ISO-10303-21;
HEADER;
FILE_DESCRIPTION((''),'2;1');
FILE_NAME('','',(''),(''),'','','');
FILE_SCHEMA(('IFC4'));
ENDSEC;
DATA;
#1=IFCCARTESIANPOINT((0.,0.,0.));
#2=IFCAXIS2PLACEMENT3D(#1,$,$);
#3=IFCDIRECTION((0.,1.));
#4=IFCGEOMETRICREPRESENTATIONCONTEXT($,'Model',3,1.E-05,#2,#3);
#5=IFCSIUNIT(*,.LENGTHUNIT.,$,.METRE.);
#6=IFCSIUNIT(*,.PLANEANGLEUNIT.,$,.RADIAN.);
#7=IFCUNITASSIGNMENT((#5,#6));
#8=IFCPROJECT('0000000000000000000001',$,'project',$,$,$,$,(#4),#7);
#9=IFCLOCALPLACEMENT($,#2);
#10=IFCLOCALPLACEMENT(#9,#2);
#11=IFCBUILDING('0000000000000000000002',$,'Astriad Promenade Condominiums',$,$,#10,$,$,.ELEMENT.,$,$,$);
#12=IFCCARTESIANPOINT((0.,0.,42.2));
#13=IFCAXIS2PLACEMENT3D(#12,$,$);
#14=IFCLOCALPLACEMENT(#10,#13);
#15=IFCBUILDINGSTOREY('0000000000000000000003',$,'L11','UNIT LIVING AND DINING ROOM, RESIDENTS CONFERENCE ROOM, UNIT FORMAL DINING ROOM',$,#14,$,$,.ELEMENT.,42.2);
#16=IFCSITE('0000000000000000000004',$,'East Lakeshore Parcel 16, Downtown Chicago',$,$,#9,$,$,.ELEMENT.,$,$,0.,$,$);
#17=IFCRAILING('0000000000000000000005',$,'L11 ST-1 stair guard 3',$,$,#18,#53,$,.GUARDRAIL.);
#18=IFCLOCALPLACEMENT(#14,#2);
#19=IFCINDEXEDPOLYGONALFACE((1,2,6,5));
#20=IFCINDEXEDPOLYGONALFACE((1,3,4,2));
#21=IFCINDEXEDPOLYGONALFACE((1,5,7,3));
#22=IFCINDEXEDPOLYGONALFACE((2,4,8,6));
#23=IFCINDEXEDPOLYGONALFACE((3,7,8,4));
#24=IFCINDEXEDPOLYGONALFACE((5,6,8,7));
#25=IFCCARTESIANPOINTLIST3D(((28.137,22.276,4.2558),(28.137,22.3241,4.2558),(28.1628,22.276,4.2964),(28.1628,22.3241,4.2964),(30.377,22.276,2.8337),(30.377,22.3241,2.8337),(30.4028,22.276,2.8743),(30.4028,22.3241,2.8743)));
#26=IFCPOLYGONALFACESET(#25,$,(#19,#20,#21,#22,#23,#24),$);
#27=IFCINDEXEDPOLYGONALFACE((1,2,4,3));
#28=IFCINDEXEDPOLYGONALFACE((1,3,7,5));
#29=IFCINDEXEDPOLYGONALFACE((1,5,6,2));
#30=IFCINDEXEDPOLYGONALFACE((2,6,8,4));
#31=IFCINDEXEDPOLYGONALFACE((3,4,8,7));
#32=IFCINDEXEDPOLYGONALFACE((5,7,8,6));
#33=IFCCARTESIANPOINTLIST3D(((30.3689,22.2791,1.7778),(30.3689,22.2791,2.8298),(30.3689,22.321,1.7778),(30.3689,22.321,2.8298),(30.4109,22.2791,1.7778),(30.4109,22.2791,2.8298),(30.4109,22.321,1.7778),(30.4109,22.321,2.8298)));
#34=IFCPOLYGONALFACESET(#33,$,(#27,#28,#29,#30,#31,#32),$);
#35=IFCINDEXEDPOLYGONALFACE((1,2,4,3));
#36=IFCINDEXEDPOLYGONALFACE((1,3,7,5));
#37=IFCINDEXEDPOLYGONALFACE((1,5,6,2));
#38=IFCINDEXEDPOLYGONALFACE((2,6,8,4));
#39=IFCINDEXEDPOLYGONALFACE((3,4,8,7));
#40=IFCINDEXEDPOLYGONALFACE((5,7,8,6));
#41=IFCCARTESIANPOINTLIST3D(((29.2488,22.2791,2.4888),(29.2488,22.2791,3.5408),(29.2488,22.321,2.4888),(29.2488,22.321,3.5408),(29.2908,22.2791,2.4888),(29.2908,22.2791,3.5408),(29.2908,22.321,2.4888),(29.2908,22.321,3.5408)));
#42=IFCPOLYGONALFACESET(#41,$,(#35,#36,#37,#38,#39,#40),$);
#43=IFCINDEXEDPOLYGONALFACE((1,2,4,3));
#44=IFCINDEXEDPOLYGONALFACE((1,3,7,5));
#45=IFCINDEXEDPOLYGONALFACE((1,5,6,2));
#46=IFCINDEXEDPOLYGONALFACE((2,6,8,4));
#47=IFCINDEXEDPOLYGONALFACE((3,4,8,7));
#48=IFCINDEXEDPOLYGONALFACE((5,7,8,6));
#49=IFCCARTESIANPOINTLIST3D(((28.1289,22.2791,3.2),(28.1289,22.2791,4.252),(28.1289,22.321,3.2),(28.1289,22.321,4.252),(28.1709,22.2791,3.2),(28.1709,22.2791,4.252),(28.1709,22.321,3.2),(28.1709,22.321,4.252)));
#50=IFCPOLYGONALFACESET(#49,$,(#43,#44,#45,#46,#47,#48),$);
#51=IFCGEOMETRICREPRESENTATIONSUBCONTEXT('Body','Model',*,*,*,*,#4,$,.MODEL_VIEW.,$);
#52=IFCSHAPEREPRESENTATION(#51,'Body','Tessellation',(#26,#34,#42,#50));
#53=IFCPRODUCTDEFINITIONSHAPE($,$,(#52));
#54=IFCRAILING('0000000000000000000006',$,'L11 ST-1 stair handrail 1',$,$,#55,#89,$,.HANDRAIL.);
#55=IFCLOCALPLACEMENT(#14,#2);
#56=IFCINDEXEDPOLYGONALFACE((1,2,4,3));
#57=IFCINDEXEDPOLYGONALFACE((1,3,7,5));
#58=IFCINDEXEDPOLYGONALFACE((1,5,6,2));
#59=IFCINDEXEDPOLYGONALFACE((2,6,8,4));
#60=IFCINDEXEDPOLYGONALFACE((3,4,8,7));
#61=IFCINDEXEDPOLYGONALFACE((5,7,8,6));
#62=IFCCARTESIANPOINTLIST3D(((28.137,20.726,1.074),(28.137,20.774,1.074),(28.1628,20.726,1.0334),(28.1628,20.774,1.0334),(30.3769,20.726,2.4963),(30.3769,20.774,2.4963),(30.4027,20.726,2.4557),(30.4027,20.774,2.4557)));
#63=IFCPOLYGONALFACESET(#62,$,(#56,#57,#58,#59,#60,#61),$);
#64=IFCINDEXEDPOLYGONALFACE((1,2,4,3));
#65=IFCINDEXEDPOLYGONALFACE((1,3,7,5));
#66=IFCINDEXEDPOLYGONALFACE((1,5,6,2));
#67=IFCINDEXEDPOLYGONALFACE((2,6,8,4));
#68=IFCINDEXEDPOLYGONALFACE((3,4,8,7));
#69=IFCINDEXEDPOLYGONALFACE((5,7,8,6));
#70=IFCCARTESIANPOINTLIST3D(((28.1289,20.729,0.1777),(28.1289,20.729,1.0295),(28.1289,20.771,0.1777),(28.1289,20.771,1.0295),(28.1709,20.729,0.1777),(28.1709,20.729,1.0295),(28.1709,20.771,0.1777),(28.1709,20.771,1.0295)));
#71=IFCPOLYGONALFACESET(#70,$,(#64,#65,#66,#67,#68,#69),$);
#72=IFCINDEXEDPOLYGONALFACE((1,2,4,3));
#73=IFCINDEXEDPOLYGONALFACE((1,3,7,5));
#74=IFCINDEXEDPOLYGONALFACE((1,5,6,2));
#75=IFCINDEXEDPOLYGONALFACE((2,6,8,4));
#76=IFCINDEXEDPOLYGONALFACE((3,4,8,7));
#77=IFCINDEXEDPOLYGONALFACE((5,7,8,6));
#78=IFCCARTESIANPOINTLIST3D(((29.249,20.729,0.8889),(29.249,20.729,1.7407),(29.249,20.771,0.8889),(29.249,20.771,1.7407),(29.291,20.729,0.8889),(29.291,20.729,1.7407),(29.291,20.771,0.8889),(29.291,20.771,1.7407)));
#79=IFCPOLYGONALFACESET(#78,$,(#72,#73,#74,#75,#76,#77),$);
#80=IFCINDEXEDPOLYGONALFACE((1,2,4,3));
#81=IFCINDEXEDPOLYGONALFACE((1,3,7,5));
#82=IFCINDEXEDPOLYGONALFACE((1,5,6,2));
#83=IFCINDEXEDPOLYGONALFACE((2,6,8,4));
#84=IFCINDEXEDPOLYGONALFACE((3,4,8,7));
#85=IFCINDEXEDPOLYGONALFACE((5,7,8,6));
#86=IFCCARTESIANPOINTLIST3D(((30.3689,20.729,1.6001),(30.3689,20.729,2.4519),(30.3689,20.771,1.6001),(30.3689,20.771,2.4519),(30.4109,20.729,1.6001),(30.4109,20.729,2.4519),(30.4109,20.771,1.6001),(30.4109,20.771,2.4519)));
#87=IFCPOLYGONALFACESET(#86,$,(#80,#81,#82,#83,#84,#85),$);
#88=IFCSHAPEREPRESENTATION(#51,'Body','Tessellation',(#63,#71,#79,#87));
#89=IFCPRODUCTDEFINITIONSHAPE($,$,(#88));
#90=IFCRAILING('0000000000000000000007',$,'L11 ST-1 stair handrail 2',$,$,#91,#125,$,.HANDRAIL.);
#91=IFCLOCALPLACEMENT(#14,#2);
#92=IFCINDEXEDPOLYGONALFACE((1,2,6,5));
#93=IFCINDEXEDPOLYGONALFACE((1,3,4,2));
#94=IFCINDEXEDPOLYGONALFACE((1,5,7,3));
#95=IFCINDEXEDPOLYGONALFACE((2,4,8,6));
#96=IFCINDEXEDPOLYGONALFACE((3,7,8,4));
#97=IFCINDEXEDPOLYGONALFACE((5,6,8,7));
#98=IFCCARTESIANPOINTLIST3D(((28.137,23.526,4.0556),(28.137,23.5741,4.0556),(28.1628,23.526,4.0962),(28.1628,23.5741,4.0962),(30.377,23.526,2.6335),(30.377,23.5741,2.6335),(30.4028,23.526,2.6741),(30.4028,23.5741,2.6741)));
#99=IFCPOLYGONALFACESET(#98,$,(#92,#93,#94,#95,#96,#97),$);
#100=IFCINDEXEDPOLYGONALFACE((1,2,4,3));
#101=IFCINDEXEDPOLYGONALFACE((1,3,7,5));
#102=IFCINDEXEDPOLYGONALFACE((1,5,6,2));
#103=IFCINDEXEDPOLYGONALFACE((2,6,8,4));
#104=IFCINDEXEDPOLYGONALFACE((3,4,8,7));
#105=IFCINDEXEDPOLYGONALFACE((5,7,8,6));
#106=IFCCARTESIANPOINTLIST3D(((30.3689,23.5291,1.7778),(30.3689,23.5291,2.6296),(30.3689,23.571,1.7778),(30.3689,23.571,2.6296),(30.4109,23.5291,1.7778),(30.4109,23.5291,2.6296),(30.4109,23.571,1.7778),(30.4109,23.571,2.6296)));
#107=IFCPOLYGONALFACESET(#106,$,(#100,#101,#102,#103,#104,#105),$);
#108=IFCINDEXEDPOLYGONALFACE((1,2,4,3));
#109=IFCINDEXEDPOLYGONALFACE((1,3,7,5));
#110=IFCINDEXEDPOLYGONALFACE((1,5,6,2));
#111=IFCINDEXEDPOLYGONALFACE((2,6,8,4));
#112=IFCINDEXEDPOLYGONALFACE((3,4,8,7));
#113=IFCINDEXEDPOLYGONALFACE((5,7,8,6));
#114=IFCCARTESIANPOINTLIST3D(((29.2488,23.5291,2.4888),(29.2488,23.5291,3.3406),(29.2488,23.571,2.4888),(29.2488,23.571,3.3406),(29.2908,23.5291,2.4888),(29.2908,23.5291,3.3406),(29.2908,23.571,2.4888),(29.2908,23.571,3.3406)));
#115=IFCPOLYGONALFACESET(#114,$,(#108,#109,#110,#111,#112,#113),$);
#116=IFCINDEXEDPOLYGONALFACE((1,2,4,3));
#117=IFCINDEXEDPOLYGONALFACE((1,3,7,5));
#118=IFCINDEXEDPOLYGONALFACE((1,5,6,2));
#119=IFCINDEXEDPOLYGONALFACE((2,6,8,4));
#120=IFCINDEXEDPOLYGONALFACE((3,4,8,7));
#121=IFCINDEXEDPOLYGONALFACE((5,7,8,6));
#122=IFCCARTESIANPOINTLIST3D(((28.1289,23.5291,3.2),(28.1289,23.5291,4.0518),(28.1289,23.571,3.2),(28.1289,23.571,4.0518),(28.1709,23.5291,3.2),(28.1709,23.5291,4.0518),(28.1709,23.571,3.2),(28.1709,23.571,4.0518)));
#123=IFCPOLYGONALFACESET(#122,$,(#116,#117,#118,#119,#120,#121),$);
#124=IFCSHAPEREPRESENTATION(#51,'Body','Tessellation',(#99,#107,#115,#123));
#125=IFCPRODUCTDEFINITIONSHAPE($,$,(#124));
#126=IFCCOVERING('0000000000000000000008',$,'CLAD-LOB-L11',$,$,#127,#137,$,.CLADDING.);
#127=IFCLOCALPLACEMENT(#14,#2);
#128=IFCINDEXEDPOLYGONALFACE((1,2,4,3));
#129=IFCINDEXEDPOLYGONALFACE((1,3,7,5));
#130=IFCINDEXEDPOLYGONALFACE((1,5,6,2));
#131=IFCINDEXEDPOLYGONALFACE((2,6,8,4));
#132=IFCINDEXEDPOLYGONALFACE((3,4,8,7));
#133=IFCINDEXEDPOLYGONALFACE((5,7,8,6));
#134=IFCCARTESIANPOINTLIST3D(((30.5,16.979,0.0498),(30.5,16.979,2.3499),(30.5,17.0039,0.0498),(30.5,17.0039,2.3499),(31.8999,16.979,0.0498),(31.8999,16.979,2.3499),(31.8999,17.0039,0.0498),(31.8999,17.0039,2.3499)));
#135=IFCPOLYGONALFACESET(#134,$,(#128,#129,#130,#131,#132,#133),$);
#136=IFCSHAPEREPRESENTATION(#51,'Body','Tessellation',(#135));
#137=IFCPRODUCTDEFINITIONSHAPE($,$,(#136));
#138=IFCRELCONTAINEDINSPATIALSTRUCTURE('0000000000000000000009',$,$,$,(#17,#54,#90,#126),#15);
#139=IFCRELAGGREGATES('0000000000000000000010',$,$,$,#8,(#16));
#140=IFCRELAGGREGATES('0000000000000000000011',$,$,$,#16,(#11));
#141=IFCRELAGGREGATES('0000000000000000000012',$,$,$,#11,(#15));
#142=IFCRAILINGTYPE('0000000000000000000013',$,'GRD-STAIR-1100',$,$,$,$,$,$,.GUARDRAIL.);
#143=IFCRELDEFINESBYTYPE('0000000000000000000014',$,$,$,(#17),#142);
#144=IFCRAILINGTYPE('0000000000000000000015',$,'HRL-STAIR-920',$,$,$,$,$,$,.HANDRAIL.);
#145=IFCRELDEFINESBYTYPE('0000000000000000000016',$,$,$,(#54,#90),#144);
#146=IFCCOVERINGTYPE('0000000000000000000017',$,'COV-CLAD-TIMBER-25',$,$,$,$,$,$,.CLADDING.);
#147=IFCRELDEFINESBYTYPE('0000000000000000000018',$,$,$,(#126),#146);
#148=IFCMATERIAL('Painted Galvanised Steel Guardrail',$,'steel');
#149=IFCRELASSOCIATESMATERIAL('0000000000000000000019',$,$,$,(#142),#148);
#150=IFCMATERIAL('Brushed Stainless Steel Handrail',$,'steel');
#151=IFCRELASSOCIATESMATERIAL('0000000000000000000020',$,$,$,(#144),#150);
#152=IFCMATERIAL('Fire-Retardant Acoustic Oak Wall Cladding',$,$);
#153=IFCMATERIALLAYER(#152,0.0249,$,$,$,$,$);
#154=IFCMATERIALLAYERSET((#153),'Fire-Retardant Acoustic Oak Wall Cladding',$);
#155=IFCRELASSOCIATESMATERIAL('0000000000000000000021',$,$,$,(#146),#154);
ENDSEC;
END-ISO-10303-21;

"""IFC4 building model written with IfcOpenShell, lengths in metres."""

from ifc_helpers import new_model, si_unit, direction, frame, origin, origin_2d, place, context, subcontext, project, spatial, rectangle, extrude, source, transform, mapped, material, layer, layer_set, type_object, type_shapes, element, save


model = new_model("IFC4")

# Units and contexts
model_context = context("Model", 3, precision=1e-05, world=origin(), true_north=direction((0.0, 1.0)))
body_context = subcontext(model_context, "Body", "Model", "MODEL_VIEW")
ifc_project = project(units=[si_unit("LENGTHUNIT", "METRE"), si_unit("PLANEANGLEUNIT", "RADIAN")], contexts=[model_context])

# Site, building, storey
site_placement = place(None, origin())
site = spatial("IfcSite", under=ifc_project, at=site_placement, Name="East Lakeshore Parcel 16, Downtown Chicago", CompositionType="ELEMENT", RefElevation=0.0)
building_placement = place(site_placement, origin())
building = spatial("IfcBuilding", under=site, at=building_placement, Name="Astriad Promenade Condominiums", CompositionType="ELEMENT")
storey_placement = place(building_placement, frame((0.0, 0.0, 42.2)))
storey = spatial("IfcBuildingStorey", under=building, at=storey_placement, Name="L11", Description="UNIT LIVING AND DINING ROOM, RESIDENTS CONFERENCE ROOM, UNIT FORMAL DINING ROOM", CompositionType="ELEMENT", Elevation=42.2)

# Railings
ifc_material_1 = material(Name="Painted Galvanised Steel Guardrail", Category="steel")
railing_type_1 = type_object("IfcRailingType", Name="GRD-STAIR-1100", PredefinedType="GUARDRAIL", material=ifc_material_1)
shared_shape_1 = source(origin(), body_context, "Body", "SweptSolid", [
    extrude(rectangle(XDim=0.0481, YDim=0.0481, at=origin_2d()), frame((0.0, 0.0, 1.0762), z_axis=(-0.844229, 0.0, 0.535982), x_axis=(0.0, -1.0, 0.0)), (0.0, 0.0, 1.0), 2.6533),
    extrude(rectangle(XDim=0.042, YDim=0.042, at=origin_2d()), origin(), (0.0, 0.0, 1.0), 1.052),
    extrude(rectangle(XDim=0.042, YDim=0.042, at=origin_2d()), frame((-1.1201, 0.0, 0.7109)), (0.0, 0.0, 1.0), 1.052),
    extrude(rectangle(XDim=0.042, YDim=0.042, at=origin_2d()), frame((-2.24, 0.0, 1.4221)), (0.0, 0.0, 1.0), 1.052),
])
railing_1_placement = place(storey_placement, frame((30.3899, 22.3, 1.7778)))
element("IfcRailing", 1, at=railing_1_placement, inside=storey, type_object=railing_type_1, Name="L11 ST-1 stair guard 3", PredefinedType="GUARDRAIL", context=body_context, shape_type="MappedRepresentation", body=[
    mapped(shared_shape_1, transform((0.0, 0.0, 0.0), scale=1.0)),
])
ifc_material_2 = material(Name="Brushed Stainless Steel Handrail", Category="steel")
railing_type_2 = type_object("IfcRailingType", Name="HRL-STAIR-920", PredefinedType="HANDRAIL", material=ifc_material_2)
shared_shape_2 = source(origin(), body_context, "Body", "SweptSolid", [
    extrude(rectangle(XDim=0.0481, YDim=0.0481, at=origin_2d()), frame((0.0, 0.0, 0.876), z_axis=(0.844188, 0.0, 0.536048), x_axis=(0.0, 1.0, 0.0)), (0.0, 0.0, 1.0), 2.6533),
    extrude(rectangle(XDim=0.042, YDim=0.042, at=origin_2d()), origin(), (0.0, 0.0, 1.0), 0.8518),
    extrude(rectangle(XDim=0.042, YDim=0.042, at=origin_2d()), frame((1.1201, 0.0, 0.7112)), (0.0, 0.0, 1.0), 0.8518),
    extrude(rectangle(XDim=0.042, YDim=0.042, at=origin_2d()), frame((2.24, 0.0, 1.4224)), (0.0, 0.0, 1.0), 0.8518),
])
railing_2_placement = place(storey_placement, frame((28.1499, 20.75, 0.1777)))
element("IfcRailing", 2, at=railing_2_placement, inside=storey, type_object=railing_type_2, Name="L11 ST-1 stair handrail 1", PredefinedType="HANDRAIL", context=body_context, shape_type="MappedRepresentation", body=[
    mapped(shared_shape_2, transform((0.0, 0.0, 0.0), scale=1.0)),
])
shared_shape_3 = source(origin(), body_context, "Body", "SweptSolid", [
    extrude(rectangle(XDim=0.0481, YDim=0.0481, at=origin_2d()), frame((0.0, 0.0, 0.876), z_axis=(-0.844229, 0.0, 0.535982), x_axis=(0.0, -1.0, 0.0)), (0.0, 0.0, 1.0), 2.6533),
    extrude(rectangle(XDim=0.042, YDim=0.042, at=origin_2d()), origin(), (0.0, 0.0, 1.0), 0.8518),
    extrude(rectangle(XDim=0.042, YDim=0.042, at=origin_2d()), frame((-1.1201, 0.0, 0.7109)), (0.0, 0.0, 1.0), 0.8518),
    extrude(rectangle(XDim=0.042, YDim=0.042, at=origin_2d()), frame((-2.24, 0.0, 1.4221)), (0.0, 0.0, 1.0), 0.8518),
])
type_shapes(railing_type_2, [shared_shape_2, shared_shape_3])
railing_3_placement = place(storey_placement, frame((30.3899, 23.55, 1.7778)))
element("IfcRailing", 3, at=railing_3_placement, inside=storey, type_object=railing_type_2, Name="L11 ST-1 stair handrail 2", PredefinedType="HANDRAIL", context=body_context, shape_type="MappedRepresentation", body=[
    mapped(shared_shape_3, transform((0.0, 0.0, 0.0), scale=1.0)),
])

# Covering
ifc_material_3 = material(Name="Fire-Retardant Acoustic Oak Wall Cladding")
ifc_layer_1 = layer(ifc_material_3, 0.0249)
ifc_layer_set_1 = layer_set([ifc_layer_1], Name="Fire-Retardant Acoustic Oak Wall Cladding")
covering_type = type_object("IfcCoveringType", Name="COV-CLAD-TIMBER-25", PredefinedType="CLADDING", material=ifc_layer_set_1)
shared_shape_4 = source(origin(), body_context, "Body", "SweptSolid", [
    extrude(rectangle(XDim=1.3999, YDim=0.0249, at=origin_2d()), origin(), (0.0, 0.0, 1.0), 2.3),
])
type_shapes(covering_type, [shared_shape_4])
covering_placement = place(storey_placement, frame((31.2, 16.9915, 0.0498), z_axis=(0.0, 0.0, 1.0), x_axis=(1.0, 0.0, 0.0)))
element("IfcCovering", 4, at=covering_placement, inside=storey, type_object=covering_type, Name="CLAD-LOB-L11", PredefinedType="CLADDING", context=body_context, shape_type="MappedRepresentation", body=[
    mapped(shared_shape_4, transform((0.0, 0.0, 0.0), scale=1.0)),
])

save(model, "model.ifc")
